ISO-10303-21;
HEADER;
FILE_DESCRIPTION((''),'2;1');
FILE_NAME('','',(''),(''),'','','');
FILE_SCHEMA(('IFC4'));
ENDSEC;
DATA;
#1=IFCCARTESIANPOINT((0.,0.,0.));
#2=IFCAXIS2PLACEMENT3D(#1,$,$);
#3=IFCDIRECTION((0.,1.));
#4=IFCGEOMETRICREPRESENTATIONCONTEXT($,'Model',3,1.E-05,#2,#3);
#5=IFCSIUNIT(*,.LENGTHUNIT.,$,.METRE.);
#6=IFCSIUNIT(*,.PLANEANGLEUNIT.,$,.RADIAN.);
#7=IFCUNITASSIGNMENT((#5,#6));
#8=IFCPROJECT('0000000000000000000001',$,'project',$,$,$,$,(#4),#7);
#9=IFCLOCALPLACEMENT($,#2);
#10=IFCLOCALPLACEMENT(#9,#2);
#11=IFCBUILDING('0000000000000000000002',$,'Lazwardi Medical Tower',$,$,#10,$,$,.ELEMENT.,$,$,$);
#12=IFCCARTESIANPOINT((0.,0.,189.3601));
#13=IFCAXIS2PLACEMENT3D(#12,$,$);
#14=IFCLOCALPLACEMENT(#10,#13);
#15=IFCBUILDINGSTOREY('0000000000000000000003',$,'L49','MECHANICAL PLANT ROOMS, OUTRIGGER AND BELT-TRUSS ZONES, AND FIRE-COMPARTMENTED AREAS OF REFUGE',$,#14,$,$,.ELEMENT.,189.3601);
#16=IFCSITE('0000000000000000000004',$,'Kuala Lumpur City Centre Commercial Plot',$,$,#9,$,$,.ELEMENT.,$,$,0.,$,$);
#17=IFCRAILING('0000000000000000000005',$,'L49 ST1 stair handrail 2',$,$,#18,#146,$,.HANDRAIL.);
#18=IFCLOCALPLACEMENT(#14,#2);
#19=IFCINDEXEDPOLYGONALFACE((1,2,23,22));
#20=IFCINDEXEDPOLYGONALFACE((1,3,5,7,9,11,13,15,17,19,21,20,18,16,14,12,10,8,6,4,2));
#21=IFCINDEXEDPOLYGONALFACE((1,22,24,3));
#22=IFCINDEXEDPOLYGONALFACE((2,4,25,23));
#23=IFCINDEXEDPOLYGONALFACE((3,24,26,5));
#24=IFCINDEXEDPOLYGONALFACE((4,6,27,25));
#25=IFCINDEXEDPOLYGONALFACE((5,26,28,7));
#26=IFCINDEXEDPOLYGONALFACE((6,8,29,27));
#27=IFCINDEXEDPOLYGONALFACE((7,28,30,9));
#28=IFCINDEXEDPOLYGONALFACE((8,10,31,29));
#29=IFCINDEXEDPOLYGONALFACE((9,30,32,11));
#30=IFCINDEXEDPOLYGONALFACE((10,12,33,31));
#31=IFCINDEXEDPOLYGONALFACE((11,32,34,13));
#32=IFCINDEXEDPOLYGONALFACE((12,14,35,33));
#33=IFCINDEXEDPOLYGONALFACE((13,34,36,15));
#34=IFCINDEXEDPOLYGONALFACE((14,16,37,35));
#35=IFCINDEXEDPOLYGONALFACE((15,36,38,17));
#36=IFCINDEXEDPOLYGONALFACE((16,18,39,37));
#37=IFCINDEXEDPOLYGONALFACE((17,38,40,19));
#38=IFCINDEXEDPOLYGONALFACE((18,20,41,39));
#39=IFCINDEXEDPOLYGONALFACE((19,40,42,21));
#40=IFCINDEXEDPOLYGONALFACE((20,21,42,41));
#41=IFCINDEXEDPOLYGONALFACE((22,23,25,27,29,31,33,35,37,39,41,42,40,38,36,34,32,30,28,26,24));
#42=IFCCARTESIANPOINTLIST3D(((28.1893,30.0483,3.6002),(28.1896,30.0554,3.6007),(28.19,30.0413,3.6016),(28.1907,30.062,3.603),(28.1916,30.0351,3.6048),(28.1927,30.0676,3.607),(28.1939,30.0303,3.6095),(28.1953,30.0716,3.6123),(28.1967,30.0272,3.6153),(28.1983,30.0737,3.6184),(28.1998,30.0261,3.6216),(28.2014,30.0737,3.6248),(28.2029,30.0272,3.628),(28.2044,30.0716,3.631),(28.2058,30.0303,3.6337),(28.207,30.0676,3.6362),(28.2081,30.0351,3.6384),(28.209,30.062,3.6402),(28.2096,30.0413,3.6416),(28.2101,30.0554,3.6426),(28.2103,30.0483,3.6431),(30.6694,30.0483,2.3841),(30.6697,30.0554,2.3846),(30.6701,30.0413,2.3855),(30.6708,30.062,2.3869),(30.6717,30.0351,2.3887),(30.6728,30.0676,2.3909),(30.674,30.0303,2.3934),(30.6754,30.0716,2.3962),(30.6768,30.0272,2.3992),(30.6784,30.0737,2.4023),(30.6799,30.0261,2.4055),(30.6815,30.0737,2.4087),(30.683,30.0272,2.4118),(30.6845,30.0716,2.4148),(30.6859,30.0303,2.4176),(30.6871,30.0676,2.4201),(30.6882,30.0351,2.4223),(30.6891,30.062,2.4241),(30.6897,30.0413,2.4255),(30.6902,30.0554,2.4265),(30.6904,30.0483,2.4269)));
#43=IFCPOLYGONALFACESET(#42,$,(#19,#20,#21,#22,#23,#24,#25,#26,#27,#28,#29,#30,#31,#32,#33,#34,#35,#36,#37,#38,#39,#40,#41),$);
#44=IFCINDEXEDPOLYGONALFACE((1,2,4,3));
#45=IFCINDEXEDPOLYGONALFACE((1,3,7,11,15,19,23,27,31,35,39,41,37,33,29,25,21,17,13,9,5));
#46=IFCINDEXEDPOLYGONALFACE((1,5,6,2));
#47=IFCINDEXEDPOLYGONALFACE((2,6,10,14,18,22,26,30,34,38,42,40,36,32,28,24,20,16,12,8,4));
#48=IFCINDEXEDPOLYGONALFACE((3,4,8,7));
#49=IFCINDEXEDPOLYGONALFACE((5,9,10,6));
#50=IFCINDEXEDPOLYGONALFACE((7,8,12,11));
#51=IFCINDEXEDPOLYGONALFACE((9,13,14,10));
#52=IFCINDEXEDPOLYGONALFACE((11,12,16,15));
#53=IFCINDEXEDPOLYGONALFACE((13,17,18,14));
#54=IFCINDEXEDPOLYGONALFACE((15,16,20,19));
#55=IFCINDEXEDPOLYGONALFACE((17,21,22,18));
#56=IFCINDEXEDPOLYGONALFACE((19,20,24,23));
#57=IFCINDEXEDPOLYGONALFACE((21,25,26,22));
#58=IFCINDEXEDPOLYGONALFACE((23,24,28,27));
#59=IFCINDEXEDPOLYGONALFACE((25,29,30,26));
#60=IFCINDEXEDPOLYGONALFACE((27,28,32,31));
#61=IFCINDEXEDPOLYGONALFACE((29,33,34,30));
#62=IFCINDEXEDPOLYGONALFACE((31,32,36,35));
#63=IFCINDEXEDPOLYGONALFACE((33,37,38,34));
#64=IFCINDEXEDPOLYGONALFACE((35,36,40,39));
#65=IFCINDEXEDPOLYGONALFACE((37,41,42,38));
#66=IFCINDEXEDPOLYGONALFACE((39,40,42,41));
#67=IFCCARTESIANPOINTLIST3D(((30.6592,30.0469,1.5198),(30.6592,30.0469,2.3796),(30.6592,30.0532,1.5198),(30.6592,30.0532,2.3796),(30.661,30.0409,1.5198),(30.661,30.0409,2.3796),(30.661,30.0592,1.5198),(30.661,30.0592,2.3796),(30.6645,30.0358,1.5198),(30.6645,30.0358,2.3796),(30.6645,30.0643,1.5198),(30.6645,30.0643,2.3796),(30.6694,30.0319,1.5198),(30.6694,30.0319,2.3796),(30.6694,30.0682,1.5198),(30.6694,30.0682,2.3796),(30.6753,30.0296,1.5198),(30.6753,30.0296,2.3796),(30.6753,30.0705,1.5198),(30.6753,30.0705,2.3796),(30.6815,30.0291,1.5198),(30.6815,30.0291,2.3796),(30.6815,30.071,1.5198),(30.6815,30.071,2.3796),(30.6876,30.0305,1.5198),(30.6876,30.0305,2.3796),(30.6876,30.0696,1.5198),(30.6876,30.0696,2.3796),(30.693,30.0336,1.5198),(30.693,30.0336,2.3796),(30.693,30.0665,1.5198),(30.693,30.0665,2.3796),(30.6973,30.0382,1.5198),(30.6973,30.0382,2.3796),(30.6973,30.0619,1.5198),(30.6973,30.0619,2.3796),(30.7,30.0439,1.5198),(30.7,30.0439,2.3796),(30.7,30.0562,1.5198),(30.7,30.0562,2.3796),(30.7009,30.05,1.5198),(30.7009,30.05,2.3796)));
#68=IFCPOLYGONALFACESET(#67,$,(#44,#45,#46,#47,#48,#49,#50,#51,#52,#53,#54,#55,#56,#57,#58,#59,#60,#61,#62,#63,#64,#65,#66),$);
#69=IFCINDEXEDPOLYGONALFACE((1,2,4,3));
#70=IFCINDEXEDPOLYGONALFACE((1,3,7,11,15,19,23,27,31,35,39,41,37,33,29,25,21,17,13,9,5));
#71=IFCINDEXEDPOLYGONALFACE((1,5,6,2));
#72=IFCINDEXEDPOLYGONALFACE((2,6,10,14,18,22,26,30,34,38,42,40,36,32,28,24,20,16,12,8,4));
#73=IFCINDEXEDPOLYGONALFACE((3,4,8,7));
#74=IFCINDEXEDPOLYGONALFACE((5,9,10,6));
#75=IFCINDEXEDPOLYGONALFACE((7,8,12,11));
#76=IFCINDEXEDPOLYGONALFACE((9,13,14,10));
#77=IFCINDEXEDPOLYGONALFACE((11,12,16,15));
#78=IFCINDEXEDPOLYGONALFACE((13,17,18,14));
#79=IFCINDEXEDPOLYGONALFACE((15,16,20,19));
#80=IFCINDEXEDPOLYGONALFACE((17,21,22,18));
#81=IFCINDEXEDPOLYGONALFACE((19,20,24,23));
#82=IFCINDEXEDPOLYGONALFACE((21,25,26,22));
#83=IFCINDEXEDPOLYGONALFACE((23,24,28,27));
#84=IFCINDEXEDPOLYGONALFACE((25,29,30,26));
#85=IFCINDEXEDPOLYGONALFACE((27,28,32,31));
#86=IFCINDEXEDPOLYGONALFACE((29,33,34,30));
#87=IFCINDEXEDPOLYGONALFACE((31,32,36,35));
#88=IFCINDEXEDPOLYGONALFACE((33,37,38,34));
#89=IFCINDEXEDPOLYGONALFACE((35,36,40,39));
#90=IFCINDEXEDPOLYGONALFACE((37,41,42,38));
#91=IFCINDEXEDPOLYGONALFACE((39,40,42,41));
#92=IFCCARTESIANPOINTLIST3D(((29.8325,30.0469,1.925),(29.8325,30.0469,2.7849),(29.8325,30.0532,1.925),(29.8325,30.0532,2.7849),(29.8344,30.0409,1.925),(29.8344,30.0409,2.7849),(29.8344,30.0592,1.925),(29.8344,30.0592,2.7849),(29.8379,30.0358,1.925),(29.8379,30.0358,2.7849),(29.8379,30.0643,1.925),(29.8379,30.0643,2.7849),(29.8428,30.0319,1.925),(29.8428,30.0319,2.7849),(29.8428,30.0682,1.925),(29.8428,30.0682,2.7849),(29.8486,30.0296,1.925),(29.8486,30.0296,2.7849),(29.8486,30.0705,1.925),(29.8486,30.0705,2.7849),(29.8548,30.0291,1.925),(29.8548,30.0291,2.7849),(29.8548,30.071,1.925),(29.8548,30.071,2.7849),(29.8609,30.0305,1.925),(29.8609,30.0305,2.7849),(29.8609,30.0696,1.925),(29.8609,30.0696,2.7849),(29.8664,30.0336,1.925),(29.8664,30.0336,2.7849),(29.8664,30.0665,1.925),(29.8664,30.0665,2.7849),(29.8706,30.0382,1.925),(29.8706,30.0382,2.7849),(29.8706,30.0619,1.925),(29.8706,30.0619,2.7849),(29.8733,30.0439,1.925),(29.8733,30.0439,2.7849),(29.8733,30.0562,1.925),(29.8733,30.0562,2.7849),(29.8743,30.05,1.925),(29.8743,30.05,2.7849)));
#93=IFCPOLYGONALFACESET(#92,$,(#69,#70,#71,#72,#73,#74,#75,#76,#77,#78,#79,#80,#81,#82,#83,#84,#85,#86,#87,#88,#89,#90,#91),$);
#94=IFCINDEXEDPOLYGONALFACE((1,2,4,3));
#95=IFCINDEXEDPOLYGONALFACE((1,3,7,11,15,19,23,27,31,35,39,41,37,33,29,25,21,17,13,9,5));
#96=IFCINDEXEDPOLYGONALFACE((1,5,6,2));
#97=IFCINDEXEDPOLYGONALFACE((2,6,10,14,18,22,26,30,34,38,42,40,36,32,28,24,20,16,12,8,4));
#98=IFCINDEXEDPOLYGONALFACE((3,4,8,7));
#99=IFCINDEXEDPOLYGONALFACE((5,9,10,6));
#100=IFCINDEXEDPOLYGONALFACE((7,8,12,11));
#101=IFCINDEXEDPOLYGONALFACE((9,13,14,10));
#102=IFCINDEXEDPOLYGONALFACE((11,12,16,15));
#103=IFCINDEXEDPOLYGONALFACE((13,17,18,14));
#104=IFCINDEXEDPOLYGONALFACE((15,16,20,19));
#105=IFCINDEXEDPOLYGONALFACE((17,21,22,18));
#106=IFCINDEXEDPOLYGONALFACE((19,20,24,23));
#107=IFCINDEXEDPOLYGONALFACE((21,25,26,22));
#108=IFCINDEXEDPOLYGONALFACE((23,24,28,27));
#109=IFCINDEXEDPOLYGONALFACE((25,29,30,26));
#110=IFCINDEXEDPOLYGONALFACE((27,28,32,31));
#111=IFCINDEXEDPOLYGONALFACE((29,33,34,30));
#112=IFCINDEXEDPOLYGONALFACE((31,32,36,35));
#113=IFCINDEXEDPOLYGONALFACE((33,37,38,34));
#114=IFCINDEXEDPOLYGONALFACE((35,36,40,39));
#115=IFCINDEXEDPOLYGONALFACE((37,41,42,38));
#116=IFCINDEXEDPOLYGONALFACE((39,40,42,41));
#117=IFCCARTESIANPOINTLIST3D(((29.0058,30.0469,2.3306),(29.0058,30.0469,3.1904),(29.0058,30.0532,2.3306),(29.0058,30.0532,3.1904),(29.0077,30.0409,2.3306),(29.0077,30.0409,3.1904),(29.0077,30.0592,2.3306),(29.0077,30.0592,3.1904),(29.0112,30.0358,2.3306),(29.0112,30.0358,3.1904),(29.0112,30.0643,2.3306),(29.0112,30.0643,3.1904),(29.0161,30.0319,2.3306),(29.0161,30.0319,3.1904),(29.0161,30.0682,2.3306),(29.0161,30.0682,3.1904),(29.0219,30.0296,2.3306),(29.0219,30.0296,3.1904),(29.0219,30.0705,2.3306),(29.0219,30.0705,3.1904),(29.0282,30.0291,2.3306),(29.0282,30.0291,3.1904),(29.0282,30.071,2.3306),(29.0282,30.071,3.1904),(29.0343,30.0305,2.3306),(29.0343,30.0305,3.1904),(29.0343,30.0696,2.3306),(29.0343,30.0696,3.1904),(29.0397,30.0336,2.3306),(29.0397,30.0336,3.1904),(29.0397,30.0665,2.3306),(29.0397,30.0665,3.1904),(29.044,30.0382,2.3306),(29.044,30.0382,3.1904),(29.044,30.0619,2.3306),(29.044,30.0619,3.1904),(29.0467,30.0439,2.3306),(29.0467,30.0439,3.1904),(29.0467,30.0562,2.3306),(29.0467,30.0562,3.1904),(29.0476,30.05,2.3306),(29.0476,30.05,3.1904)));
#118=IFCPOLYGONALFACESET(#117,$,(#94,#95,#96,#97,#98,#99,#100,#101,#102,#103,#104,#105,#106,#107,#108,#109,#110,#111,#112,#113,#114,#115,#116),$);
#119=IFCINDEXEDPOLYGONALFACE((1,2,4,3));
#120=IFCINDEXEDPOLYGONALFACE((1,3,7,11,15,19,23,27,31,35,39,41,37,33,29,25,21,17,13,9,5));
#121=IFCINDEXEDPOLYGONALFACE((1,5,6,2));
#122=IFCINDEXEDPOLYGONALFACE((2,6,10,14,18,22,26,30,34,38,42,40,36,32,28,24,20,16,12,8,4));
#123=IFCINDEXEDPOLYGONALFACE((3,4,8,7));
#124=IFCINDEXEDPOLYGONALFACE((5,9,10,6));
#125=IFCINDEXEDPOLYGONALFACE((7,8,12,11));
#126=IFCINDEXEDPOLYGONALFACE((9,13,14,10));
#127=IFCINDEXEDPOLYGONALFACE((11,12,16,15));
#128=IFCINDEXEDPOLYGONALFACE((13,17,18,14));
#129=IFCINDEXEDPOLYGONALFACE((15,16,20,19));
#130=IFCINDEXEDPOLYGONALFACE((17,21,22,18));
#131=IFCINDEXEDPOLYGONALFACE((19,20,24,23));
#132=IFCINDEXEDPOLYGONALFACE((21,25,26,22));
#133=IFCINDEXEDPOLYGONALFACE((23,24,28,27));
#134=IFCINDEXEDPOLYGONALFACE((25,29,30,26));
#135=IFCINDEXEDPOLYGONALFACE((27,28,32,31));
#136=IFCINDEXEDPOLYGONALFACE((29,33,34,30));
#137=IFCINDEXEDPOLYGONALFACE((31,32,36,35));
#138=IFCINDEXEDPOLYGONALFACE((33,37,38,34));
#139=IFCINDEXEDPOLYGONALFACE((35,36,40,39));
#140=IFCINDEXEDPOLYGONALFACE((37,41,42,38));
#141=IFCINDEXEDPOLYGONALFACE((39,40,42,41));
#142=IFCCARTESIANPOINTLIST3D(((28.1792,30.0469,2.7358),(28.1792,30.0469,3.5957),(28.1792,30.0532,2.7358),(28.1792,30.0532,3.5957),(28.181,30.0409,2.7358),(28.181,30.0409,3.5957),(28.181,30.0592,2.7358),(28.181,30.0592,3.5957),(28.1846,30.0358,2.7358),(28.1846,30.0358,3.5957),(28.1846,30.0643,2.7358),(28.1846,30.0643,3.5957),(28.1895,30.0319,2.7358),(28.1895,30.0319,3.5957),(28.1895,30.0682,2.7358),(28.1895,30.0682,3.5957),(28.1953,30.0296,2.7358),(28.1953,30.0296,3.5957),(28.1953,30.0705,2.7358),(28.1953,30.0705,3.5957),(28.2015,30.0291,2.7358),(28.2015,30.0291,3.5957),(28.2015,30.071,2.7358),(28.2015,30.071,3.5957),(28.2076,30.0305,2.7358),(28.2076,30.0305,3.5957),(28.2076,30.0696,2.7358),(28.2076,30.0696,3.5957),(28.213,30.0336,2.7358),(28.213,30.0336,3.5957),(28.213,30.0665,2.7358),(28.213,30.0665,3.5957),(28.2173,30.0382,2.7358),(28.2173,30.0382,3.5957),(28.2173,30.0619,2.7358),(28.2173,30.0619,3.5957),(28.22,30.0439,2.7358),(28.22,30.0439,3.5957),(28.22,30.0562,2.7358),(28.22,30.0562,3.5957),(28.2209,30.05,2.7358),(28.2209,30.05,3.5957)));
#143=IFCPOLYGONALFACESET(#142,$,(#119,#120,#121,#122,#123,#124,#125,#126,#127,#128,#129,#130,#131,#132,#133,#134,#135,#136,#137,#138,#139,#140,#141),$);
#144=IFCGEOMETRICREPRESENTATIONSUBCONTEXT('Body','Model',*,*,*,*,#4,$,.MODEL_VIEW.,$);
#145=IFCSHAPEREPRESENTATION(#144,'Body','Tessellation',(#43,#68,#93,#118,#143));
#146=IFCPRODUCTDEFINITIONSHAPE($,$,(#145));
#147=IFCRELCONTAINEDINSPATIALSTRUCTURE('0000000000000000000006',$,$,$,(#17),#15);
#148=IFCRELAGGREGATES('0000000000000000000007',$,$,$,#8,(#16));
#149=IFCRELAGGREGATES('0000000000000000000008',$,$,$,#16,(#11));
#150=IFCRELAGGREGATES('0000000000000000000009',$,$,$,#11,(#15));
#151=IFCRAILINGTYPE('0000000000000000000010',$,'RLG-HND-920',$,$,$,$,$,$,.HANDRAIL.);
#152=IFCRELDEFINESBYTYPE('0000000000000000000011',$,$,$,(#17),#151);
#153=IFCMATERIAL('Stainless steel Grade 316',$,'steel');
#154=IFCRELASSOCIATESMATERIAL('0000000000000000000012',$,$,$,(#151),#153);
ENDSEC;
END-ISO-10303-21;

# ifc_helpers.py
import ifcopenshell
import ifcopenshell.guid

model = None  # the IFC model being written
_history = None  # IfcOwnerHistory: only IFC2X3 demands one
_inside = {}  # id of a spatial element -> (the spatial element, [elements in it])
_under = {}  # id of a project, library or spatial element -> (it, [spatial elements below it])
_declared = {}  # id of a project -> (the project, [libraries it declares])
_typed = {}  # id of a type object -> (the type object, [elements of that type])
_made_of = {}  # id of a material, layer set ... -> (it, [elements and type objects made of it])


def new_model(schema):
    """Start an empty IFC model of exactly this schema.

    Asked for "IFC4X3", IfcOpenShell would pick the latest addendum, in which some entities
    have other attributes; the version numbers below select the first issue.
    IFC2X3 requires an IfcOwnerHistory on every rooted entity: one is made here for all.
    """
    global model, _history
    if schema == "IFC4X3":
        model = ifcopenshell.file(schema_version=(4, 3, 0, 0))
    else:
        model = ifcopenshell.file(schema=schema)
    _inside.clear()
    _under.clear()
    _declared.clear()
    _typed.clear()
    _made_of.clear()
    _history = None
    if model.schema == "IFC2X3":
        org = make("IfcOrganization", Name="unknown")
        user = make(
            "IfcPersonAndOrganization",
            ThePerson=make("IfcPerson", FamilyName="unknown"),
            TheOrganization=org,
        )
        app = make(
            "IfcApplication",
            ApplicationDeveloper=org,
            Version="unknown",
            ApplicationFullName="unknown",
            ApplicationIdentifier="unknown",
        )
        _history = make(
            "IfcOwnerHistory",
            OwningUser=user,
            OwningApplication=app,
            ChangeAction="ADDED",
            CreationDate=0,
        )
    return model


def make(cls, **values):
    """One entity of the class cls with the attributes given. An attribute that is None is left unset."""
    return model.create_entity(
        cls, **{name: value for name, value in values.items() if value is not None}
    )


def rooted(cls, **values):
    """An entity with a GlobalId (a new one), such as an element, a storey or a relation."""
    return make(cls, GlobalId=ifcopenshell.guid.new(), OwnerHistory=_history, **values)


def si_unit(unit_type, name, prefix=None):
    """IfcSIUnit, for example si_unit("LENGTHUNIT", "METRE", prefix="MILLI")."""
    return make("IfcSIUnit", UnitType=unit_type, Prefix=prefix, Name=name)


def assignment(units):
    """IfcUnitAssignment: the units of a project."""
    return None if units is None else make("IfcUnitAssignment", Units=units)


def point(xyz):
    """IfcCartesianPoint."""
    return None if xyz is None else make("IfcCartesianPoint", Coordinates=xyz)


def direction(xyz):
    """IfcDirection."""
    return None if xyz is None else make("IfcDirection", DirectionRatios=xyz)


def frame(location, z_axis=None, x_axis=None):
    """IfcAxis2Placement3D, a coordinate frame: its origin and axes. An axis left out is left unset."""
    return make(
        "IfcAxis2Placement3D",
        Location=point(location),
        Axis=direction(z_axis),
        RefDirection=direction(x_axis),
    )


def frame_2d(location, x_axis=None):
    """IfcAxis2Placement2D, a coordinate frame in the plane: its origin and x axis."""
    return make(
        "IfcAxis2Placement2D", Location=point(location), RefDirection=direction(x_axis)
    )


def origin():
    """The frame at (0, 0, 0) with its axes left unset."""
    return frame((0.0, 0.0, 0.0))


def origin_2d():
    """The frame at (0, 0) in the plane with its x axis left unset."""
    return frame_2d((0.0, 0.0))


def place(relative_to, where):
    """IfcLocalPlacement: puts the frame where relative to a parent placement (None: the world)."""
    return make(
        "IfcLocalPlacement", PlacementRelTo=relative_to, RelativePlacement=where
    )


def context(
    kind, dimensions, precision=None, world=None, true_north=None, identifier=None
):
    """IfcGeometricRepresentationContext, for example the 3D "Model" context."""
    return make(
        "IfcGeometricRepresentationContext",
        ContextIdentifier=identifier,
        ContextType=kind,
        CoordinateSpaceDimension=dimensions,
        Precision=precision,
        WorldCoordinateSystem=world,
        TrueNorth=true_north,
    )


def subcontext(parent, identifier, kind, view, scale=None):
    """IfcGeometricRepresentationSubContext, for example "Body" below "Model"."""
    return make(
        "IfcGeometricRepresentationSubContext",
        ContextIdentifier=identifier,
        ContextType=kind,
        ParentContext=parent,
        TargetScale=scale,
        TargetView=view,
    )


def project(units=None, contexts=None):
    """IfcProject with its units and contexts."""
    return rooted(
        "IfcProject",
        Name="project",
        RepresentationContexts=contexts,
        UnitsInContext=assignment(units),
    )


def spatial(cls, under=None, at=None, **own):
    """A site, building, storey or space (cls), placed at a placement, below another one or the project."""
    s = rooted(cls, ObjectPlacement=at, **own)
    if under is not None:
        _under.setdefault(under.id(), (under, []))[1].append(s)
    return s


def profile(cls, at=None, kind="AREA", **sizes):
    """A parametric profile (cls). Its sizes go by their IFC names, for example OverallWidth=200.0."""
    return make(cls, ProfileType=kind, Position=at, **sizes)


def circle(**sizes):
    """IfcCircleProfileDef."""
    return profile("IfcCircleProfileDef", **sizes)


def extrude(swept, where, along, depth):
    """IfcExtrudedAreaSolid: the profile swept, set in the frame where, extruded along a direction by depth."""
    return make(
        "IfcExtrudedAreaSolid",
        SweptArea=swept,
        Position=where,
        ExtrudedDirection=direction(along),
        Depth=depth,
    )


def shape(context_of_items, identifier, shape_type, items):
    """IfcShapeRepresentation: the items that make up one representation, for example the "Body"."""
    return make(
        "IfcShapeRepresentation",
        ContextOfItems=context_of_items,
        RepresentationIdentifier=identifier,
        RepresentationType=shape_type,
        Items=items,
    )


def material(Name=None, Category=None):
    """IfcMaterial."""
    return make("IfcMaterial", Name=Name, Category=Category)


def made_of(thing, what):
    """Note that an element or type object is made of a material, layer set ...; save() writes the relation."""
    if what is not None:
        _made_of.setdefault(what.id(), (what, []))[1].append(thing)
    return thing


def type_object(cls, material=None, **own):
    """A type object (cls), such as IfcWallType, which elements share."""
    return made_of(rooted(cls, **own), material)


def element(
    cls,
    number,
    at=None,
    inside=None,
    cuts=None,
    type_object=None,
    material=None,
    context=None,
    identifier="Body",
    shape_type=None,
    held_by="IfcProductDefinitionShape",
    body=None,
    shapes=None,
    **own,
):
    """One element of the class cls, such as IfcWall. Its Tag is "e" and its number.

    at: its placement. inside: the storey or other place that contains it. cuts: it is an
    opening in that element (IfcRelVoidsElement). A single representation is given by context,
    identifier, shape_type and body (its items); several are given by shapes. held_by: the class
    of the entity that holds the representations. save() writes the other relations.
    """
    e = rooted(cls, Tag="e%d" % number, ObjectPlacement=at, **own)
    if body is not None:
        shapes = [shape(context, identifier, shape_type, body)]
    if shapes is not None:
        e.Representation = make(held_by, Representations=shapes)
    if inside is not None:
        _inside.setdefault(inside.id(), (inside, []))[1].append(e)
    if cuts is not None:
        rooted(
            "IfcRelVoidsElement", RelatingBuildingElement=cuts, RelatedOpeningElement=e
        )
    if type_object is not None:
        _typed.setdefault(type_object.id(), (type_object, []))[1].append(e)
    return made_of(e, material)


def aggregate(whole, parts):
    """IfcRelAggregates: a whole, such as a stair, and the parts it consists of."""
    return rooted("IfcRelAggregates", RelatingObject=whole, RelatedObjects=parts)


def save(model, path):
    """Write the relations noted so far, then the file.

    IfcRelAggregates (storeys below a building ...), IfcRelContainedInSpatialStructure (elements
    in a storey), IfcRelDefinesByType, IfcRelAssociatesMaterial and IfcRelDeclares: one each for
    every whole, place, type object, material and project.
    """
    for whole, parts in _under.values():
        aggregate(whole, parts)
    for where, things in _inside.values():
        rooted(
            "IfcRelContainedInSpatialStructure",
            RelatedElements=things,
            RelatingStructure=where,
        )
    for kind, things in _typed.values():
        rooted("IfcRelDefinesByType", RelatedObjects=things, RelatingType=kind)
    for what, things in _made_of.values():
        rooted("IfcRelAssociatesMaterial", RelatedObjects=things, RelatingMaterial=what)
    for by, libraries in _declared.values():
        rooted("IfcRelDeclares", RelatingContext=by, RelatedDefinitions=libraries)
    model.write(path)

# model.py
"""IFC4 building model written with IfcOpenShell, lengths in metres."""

from ifc_helpers import new_model, si_unit, direction, frame, origin, origin_2d, place, context, subcontext, project, spatial, circle, extrude, material, type_object, element, save


model = new_model("IFC4")

# Units and contexts
model_context = context("Model", 3, precision=1e-05, world=origin(), true_north=direction((0.0, 1.0)))
body_context = subcontext(model_context, "Body", "Model", "MODEL_VIEW")
ifc_project = project(units=[si_unit("LENGTHUNIT", "METRE"), si_unit("PLANEANGLEUNIT", "RADIAN")], contexts=[model_context])

# Site, building, storey
site_placement = place(None, origin())
site = spatial("IfcSite", under=ifc_project, at=site_placement, Name="Kuala Lumpur City Centre Commercial Plot", CompositionType="ELEMENT", RefElevation=0.0)
building_placement = place(site_placement, origin())
building = spatial("IfcBuilding", under=site, at=building_placement, Name="Lazwardi Medical Tower", CompositionType="ELEMENT")
storey_placement = place(building_placement, frame((0.0, 0.0, 189.3601)))
storey = spatial("IfcBuildingStorey", under=building, at=storey_placement, Name="L49", Description="MECHANICAL PLANT ROOMS, OUTRIGGER AND BELT-TRUSS ZONES, AND FIRE-COMPARTMENTED AREAS OF REFUGE", CompositionType="ELEMENT", Elevation=189.3601)

# Railing
ifc_material_1 = material(Name="Stainless steel Grade 316", Category="steel")
railing_type_1 = type_object("IfcRailingType", Name="RLG-HND-920", PredefinedType="HANDRAIL", material=ifc_material_1)
for number, where, name in (
    (1, (30.6799, 30.05, 1.5198), "L49 ST1 stair handrail 2"),
):
    element("IfcRailing", number, at=place(storey_placement, frame(where)), inside=storey, type_object=railing_type_1, Name=name, PredefinedType="HANDRAIL", context=body_context, shape_type="SweptSolid", body=[
        extrude(circle(Radius=0.0239, at=origin_2d()), frame((0.0, 0.0, 0.8857), z_axis=(-0.897865, 0.0, 0.44027), x_axis=(0.0, -1.0, 0.0)), (0.0, 0.0, 1.0), 2.7622),
        extrude(circle(Radius=0.021, at=origin_2d()), origin(), (0.0, 0.0, 1.0), 0.8599),
        extrude(circle(Radius=0.021, at=origin_2d()), frame((-0.8267, 0.0, 0.4053)), (0.0, 0.0, 1.0), 0.8599),
        extrude(circle(Radius=0.021, at=origin_2d()), frame((-1.6533, 0.0, 0.8108)), (0.0, 0.0, 1.0), 0.8599),
        extrude(circle(Radius=0.021, at=origin_2d()), frame((-2.48, 0.0, 1.2161)), (0.0, 0.0, 1.0), 0.8599),
    ])

save(model, "model.ifc")
